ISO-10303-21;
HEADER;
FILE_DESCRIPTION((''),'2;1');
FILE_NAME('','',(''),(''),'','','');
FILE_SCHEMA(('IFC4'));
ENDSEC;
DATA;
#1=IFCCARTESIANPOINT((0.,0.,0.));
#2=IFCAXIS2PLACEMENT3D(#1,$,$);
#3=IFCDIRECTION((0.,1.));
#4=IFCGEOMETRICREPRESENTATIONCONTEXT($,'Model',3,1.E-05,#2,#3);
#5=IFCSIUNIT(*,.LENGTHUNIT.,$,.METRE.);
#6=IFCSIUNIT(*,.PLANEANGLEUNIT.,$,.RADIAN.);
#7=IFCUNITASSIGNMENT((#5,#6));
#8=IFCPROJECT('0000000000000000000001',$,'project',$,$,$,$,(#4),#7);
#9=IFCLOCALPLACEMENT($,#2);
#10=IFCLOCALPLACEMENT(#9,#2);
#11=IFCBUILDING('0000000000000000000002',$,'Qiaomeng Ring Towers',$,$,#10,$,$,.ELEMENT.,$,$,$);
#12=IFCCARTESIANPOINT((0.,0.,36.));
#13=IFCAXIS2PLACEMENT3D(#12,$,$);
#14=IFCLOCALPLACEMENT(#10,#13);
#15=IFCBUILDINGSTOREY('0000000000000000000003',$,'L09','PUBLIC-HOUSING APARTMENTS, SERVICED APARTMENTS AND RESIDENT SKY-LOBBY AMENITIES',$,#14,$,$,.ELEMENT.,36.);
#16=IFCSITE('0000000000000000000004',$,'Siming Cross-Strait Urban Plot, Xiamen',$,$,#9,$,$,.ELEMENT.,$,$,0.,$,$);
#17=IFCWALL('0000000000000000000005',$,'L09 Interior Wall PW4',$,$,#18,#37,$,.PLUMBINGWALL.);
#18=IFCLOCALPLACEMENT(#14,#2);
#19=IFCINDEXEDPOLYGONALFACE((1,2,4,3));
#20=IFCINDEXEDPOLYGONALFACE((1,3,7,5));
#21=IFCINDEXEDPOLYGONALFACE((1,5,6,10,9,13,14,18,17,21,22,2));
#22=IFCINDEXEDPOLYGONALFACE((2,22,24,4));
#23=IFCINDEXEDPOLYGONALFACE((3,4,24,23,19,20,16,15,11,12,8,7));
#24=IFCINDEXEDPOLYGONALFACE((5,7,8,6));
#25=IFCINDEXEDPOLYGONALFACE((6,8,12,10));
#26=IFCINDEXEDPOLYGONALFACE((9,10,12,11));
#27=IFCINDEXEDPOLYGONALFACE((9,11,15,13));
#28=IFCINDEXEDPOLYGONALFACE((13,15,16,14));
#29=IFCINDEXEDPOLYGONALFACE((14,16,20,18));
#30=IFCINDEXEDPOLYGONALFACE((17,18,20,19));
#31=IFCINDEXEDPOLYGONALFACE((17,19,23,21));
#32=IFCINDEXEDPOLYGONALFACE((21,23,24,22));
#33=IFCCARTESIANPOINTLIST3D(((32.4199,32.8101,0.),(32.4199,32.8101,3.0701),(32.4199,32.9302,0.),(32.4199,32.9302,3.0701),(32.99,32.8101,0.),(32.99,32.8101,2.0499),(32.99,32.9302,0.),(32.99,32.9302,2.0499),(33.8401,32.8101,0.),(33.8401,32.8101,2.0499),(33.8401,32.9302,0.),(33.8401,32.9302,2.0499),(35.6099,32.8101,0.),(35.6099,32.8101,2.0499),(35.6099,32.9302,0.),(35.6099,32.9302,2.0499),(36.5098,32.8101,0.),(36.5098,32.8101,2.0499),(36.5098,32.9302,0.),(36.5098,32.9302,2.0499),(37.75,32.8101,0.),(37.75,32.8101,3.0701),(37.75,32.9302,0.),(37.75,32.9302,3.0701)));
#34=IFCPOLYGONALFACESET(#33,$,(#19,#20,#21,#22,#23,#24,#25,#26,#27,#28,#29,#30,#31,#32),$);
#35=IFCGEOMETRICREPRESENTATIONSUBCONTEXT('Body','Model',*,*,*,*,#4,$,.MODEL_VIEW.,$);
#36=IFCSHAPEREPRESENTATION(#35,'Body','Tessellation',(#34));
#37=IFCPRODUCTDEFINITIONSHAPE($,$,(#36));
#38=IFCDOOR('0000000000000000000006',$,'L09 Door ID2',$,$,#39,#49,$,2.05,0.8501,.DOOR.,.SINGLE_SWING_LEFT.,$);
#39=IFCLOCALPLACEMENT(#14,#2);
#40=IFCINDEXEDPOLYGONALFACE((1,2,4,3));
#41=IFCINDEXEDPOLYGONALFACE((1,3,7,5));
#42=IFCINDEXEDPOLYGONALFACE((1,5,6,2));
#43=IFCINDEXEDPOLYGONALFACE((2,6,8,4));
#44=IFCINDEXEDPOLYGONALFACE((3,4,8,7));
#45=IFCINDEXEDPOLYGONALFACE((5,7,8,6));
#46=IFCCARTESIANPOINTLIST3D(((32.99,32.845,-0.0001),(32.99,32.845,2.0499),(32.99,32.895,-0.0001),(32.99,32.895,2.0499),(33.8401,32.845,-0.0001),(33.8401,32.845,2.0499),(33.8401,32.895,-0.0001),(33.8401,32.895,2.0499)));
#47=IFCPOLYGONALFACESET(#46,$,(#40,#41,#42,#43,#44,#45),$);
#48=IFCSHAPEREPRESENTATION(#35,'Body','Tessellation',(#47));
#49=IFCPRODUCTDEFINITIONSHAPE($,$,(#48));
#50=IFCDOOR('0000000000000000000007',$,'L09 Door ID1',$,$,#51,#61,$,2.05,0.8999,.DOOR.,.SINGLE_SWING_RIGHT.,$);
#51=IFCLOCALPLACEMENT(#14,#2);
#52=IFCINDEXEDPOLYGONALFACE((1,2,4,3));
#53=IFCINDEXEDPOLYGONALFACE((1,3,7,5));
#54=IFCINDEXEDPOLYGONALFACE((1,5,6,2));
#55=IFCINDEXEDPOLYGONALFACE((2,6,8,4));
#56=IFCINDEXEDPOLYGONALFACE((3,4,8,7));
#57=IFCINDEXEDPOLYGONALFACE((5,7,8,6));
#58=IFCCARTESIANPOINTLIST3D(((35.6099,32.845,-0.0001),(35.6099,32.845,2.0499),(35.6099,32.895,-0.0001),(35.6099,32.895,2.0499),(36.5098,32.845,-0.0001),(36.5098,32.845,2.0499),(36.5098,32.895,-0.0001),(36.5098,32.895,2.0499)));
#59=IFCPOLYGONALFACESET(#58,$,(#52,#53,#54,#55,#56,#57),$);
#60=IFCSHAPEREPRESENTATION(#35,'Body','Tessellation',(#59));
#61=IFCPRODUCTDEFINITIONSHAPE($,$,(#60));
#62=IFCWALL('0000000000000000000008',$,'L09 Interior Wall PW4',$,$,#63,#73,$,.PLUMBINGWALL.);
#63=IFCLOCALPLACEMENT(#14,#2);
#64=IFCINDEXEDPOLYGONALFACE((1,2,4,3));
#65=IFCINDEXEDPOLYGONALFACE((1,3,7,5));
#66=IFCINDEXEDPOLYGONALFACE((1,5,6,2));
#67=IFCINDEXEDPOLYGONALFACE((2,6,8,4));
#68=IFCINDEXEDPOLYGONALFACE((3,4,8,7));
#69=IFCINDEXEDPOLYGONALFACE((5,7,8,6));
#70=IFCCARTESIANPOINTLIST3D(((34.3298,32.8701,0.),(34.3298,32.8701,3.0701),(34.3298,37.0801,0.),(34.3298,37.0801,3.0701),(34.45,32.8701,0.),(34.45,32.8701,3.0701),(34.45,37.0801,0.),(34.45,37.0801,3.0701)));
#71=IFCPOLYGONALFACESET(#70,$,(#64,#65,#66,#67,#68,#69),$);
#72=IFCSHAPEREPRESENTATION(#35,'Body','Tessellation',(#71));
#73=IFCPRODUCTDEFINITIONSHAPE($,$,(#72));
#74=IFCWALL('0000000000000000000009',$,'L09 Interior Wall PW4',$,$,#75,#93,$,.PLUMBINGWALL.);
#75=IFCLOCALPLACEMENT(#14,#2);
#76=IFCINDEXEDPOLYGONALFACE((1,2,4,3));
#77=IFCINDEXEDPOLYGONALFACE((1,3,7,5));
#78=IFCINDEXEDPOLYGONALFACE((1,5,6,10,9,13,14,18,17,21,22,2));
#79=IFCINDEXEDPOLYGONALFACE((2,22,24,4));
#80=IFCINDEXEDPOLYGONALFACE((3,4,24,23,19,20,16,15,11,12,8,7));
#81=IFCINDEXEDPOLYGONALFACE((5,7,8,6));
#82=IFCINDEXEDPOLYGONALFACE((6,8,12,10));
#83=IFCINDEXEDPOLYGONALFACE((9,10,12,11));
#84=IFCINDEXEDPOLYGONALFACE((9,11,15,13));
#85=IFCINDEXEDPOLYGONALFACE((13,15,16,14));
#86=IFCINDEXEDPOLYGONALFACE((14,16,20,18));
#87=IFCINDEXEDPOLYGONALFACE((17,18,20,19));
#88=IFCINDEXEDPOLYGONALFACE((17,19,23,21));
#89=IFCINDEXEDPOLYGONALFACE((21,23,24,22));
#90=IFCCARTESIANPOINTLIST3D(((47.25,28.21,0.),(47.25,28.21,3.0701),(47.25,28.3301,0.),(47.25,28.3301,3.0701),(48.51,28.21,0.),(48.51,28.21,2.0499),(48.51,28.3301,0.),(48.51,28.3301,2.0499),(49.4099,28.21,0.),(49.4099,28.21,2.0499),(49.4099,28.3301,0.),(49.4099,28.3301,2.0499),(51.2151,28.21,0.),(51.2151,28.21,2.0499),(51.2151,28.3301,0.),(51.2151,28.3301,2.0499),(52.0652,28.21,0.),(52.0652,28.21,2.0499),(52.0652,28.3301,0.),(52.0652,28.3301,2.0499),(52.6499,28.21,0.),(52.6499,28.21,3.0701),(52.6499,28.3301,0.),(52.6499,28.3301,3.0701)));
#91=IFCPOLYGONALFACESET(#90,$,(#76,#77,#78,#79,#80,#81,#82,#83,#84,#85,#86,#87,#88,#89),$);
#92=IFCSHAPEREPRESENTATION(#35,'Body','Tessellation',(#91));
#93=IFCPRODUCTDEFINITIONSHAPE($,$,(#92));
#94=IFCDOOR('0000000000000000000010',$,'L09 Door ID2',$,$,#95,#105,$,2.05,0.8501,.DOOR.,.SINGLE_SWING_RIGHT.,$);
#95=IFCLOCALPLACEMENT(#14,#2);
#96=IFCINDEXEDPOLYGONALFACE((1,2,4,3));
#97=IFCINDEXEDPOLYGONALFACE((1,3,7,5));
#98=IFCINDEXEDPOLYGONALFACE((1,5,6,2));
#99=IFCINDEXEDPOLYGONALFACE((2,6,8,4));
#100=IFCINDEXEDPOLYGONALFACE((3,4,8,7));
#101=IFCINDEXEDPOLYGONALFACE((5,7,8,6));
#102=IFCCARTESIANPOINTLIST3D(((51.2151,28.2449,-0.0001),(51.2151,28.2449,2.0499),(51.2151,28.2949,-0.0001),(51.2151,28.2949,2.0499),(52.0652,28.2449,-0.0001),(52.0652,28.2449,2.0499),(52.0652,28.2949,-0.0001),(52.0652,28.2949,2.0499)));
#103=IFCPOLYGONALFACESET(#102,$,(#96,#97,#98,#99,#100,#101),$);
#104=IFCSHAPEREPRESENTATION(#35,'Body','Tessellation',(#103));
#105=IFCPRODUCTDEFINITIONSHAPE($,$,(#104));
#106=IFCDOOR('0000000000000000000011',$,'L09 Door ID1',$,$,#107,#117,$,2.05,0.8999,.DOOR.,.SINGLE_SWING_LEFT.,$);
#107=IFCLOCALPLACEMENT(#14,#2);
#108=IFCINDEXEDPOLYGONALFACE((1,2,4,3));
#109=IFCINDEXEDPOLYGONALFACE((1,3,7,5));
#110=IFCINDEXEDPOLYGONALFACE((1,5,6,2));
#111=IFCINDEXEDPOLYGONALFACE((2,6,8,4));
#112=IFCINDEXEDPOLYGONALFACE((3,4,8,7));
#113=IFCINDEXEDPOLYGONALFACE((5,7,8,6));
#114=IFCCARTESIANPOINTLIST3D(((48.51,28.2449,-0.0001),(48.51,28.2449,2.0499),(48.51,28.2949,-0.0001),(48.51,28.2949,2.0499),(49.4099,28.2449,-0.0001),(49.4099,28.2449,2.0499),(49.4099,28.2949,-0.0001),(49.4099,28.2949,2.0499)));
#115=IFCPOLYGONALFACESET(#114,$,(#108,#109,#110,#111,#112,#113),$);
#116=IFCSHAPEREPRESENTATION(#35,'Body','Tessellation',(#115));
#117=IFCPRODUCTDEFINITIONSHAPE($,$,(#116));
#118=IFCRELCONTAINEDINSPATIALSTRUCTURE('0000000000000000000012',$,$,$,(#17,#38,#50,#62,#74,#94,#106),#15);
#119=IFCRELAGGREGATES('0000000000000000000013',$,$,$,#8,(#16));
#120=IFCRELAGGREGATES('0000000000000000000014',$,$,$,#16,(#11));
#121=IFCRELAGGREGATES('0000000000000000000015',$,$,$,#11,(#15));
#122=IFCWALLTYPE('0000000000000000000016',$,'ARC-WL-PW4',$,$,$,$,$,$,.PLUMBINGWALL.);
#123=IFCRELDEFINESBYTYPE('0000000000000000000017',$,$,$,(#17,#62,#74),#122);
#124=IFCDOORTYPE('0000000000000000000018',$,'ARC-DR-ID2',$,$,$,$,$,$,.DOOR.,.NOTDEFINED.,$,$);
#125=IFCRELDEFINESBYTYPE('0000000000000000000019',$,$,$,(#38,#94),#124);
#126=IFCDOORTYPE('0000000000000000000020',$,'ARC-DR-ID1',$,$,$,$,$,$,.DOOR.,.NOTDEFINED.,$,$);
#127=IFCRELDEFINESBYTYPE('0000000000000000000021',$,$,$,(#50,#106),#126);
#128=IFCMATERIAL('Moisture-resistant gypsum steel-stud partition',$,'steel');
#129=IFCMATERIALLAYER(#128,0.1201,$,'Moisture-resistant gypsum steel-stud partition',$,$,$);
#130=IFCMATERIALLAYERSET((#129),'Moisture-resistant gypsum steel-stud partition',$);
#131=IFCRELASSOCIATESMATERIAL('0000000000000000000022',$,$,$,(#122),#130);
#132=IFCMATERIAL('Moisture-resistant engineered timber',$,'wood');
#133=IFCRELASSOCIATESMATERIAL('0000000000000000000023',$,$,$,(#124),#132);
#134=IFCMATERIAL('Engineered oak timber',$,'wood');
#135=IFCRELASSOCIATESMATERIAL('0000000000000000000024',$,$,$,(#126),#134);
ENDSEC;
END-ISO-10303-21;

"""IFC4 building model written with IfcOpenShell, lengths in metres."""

from ifc_helpers import new_model, si_unit, direction, frame, frame_2d, origin, place, context, subcontext, project, spatial, rectangle, extrude, source, transform, mapped, material, layer, layer_set, type_object, element, fill, save


model = new_model("IFC4")

# Units and contexts
model_context = context("Model", 3, precision=1e-05, world=origin(), true_north=direction((0.0, 1.0)))
body_context = subcontext(model_context, "Body", "Model", "MODEL_VIEW")
ifc_project = project(units=[si_unit("LENGTHUNIT", "METRE"), si_unit("PLANEANGLEUNIT", "RADIAN")], contexts=[model_context])

# Site, building, storey
site_placement = place(None, origin())
site = spatial("IfcSite", under=ifc_project, at=site_placement, Name="Siming Cross-Strait Urban Plot, Xiamen", CompositionType="ELEMENT", RefElevation=0.0)
building_placement = place(site_placement, origin())
building = spatial("IfcBuilding", under=site, at=building_placement, Name="Qiaomeng Ring Towers", CompositionType="ELEMENT")
storey_placement = place(building_placement, frame((0.0, 0.0, 36.0)))
storey = spatial("IfcBuildingStorey", under=building, at=storey_placement, Name="L09", Description="PUBLIC-HOUSING APARTMENTS, SERVICED APARTMENTS AND RESIDENT SKY-LOBBY AMENITIES", CompositionType="ELEMENT", Elevation=36.0)

# Shared definitions
ifc_material_1 = material(Name="Moisture-resistant gypsum steel-stud partition", Category="steel")
ifc_layer_1 = layer(ifc_material_1, 0.1201, Name="Moisture-resistant gypsum steel-stud partition")
ifc_layer_set_1 = layer_set([ifc_layer_1], Name="Moisture-resistant gypsum steel-stud partition")
wall_type_1 = type_object("IfcWallType", Name="ARC-WL-PW4", PredefinedType="PLUMBINGWALL", material=ifc_layer_set_1)
ifc_material_2 = material(Name="Moisture-resistant engineered timber", Category="wood")
door_type_1 = type_object("IfcDoorType", Name="ARC-DR-ID2", OperationType="NOTDEFINED", PredefinedType="DOOR", material=ifc_material_2)
shared_shape_1 = source(origin(), body_context, "Body", "SweptSolid", [
    extrude(rectangle(XDim=0.8501, YDim=2.05, at=frame_2d((0.425, 1.0249))), frame((0.0, 0.0249, 0.0), z_axis=(0.0, -1.0, 0.0), x_axis=(1.0, 0.0, 0.0)), (0.0, 0.0, 1.0), 0.05),
])
ifc_material_3 = material(Name="Engineered oak timber", Category="wood")
door_type_2 = type_object("IfcDoorType", Name="ARC-DR-ID1", OperationType="NOTDEFINED", PredefinedType="DOOR", material=ifc_material_3)
shared_shape_2 = source(origin(), body_context, "Body", "SweptSolid", [
    extrude(rectangle(XDim=0.8999, YDim=2.05, at=frame_2d((0.45, 1.0249))), frame((0.0, 0.0249, 0.0), z_axis=(0.0, -1.0, 0.0), x_axis=(1.0, 0.0, 0.0)), (0.0, 0.0, 1.0), 0.05),
])

# Wall, openings, doors
wall_1_placement = place(storey_placement, frame((32.4199, 32.8701, 0.0), z_axis=(0.0, 0.0, 1.0), x_axis=(1.0, 0.0, 0.0)))
wall_1 = element("IfcWall", 1, at=wall_1_placement, inside=storey, type_object=wall_type_1, Name="L09 Interior Wall PW4", PredefinedType="PLUMBINGWALL", context=body_context, shape_type="SweptSolid", body=[
    extrude(rectangle(XDim=5.3301, YDim=0.1201, at=frame_2d((2.665, 0.0))), origin(), (0.0, 0.0, 1.0), 3.0701),
])
opening_1_placement = place(wall_1_placement, frame((0.5701, 0.0, 0.0)))
opening_1 = element("IfcOpeningElement", 2, at=opening_1_placement, cuts=wall_1, PredefinedType="OPENING", context=body_context, shape_type="SweptSolid", body=[
    extrude(rectangle(XDim=0.8501, YDim=2.05, at=frame_2d((0.425, 1.0249))), frame((0.0, 0.0701, 0.0), z_axis=(0.0, -1.0, 0.0), x_axis=(1.0, 0.0, 0.0)), (0.0, 0.0, 1.0), 0.1401),
])
opening_2_placement = place(wall_1_placement, frame((3.1899, 0.0, 0.0)))
opening_2 = element("IfcOpeningElement", 3, at=opening_2_placement, cuts=wall_1, PredefinedType="OPENING", context=body_context, shape_type="SweptSolid", body=[
    extrude(rectangle(XDim=0.8999, YDim=2.05, at=frame_2d((0.45, 1.0249))), frame((0.0, 0.0701, 0.0), z_axis=(0.0, -1.0, 0.0), x_axis=(1.0, 0.0, 0.0)), (0.0, 0.0, 1.0), 0.1401),
])
door_1_placement = place(opening_1_placement, origin())
door_1 = element("IfcDoor", 4, at=door_1_placement, inside=storey, type_object=door_type_1, Name="L09 Door ID2", OperationType="SINGLE_SWING_LEFT", OverallHeight=2.05, OverallWidth=0.8501, PredefinedType="DOOR", context=body_context, shape_type="MappedRepresentation", body=[
    mapped(shared_shape_1, transform((0.0, 0.0, 0.0), x_axis=(1.0, 0.0, 0.0), y_axis=(0.0, 1.0, 0.0), z_axis=(0.0, 0.0, 1.0), scale=1.0)),
])
fill(opening_1, door_1)
door_2_placement = place(opening_2_placement, origin())
door_2 = element("IfcDoor", 5, at=door_2_placement, inside=storey, type_object=door_type_2, Name="L09 Door ID1", OperationType="SINGLE_SWING_RIGHT", OverallHeight=2.05, OverallWidth=0.8999, PredefinedType="DOOR", context=body_context, shape_type="MappedRepresentation", body=[
    mapped(shared_shape_2, transform((0.0, 0.0, 0.0), x_axis=(1.0, 0.0, 0.0), y_axis=(0.0, 1.0, 0.0), z_axis=(0.0, 0.0, 1.0), scale=1.0)),
])
fill(opening_2, door_2)

# Wall
wall_2_placement = place(storey_placement, frame((34.3899, 32.8701, 0.0), z_axis=(0.0, 0.0, 1.0), x_axis=(0.0, 1.0, 0.0)))
element("IfcWall", 6, at=wall_2_placement, inside=storey, type_object=wall_type_1, Name="L09 Interior Wall PW4", PredefinedType="PLUMBINGWALL", context=body_context, shape_type="SweptSolid", body=[
    extrude(rectangle(XDim=4.21, YDim=0.1201, at=frame_2d((2.105, 0.0))), origin(), (0.0, 0.0, 1.0), 3.0701),
])

# Wall, openings, doors
wall_3_placement = place(storey_placement, frame((47.25, 28.27, 0.0), z_axis=(0.0, 0.0, 1.0), x_axis=(1.0, 0.0, 0.0)))
wall_3 = element("IfcWall", 7, at=wall_3_placement, inside=storey, type_object=wall_type_1, Name="L09 Interior Wall PW4", PredefinedType="PLUMBINGWALL", context=body_context, shape_type="SweptSolid", body=[
    extrude(rectangle(XDim=5.3999, YDim=0.1201, at=frame_2d((2.7, 0.0))), origin(), (0.0, 0.0, 1.0), 3.0701),
])
opening_3_placement = place(wall_3_placement, frame((1.26, 0.0, 0.0)))
opening_3 = element("IfcOpeningElement", 8, at=opening_3_placement, cuts=wall_3, PredefinedType="OPENING", context=body_context, shape_type="SweptSolid", body=[
    extrude(rectangle(XDim=0.8999, YDim=2.05, at=frame_2d((0.45, 1.0249))), frame((0.0, 0.0701, 0.0), z_axis=(0.0, -1.0, 0.0), x_axis=(1.0, 0.0, 0.0)), (0.0, 0.0, 1.0), 0.1401),
])
opening_4_placement = place(wall_3_placement, frame((3.9651, 0.0, 0.0)))
opening_4 = element("IfcOpeningElement", 9, at=opening_4_placement, cuts=wall_3, PredefinedType="OPENING", context=body_context, shape_type="SweptSolid", body=[
    extrude(rectangle(XDim=0.8501, YDim=2.05, at=frame_2d((0.425, 1.0249))), frame((0.0, 0.0701, 0.0), z_axis=(0.0, -1.0, 0.0), x_axis=(1.0, 0.0, 0.0)), (0.0, 0.0, 1.0), 0.1401),
])
door_3_placement = place(opening_4_placement, origin())
door_3 = element("IfcDoor", 10, at=door_3_placement, inside=storey, type_object=door_type_1, Name="L09 Door ID2", OperationType="SINGLE_SWING_RIGHT", OverallHeight=2.05, OverallWidth=0.8501, PredefinedType="DOOR", context=body_context, shape_type="MappedRepresentation", body=[
    mapped(shared_shape_1, transform((0.0, 0.0, 0.0), x_axis=(1.0, 0.0, 0.0), y_axis=(0.0, 1.0, 0.0), z_axis=(0.0, 0.0, 1.0), scale=1.0)),
])
fill(opening_4, door_3)
door_4_placement = place(opening_3_placement, origin())
door_4 = element("IfcDoor", 11, at=door_4_placement, inside=storey, type_object=door_type_2, Name="L09 Door ID1", OperationType="SINGLE_SWING_LEFT", OverallHeight=2.05, OverallWidth=0.8999, PredefinedType="DOOR", context=body_context, shape_type="MappedRepresentation", body=[
    mapped(shared_shape_2, transform((0.0, 0.0, 0.0), x_axis=(1.0, 0.0, 0.0), y_axis=(0.0, 1.0, 0.0), z_axis=(0.0, 0.0, 1.0), scale=1.0)),
])
fill(opening_3, door_4)

save(model, "model.ifc")
